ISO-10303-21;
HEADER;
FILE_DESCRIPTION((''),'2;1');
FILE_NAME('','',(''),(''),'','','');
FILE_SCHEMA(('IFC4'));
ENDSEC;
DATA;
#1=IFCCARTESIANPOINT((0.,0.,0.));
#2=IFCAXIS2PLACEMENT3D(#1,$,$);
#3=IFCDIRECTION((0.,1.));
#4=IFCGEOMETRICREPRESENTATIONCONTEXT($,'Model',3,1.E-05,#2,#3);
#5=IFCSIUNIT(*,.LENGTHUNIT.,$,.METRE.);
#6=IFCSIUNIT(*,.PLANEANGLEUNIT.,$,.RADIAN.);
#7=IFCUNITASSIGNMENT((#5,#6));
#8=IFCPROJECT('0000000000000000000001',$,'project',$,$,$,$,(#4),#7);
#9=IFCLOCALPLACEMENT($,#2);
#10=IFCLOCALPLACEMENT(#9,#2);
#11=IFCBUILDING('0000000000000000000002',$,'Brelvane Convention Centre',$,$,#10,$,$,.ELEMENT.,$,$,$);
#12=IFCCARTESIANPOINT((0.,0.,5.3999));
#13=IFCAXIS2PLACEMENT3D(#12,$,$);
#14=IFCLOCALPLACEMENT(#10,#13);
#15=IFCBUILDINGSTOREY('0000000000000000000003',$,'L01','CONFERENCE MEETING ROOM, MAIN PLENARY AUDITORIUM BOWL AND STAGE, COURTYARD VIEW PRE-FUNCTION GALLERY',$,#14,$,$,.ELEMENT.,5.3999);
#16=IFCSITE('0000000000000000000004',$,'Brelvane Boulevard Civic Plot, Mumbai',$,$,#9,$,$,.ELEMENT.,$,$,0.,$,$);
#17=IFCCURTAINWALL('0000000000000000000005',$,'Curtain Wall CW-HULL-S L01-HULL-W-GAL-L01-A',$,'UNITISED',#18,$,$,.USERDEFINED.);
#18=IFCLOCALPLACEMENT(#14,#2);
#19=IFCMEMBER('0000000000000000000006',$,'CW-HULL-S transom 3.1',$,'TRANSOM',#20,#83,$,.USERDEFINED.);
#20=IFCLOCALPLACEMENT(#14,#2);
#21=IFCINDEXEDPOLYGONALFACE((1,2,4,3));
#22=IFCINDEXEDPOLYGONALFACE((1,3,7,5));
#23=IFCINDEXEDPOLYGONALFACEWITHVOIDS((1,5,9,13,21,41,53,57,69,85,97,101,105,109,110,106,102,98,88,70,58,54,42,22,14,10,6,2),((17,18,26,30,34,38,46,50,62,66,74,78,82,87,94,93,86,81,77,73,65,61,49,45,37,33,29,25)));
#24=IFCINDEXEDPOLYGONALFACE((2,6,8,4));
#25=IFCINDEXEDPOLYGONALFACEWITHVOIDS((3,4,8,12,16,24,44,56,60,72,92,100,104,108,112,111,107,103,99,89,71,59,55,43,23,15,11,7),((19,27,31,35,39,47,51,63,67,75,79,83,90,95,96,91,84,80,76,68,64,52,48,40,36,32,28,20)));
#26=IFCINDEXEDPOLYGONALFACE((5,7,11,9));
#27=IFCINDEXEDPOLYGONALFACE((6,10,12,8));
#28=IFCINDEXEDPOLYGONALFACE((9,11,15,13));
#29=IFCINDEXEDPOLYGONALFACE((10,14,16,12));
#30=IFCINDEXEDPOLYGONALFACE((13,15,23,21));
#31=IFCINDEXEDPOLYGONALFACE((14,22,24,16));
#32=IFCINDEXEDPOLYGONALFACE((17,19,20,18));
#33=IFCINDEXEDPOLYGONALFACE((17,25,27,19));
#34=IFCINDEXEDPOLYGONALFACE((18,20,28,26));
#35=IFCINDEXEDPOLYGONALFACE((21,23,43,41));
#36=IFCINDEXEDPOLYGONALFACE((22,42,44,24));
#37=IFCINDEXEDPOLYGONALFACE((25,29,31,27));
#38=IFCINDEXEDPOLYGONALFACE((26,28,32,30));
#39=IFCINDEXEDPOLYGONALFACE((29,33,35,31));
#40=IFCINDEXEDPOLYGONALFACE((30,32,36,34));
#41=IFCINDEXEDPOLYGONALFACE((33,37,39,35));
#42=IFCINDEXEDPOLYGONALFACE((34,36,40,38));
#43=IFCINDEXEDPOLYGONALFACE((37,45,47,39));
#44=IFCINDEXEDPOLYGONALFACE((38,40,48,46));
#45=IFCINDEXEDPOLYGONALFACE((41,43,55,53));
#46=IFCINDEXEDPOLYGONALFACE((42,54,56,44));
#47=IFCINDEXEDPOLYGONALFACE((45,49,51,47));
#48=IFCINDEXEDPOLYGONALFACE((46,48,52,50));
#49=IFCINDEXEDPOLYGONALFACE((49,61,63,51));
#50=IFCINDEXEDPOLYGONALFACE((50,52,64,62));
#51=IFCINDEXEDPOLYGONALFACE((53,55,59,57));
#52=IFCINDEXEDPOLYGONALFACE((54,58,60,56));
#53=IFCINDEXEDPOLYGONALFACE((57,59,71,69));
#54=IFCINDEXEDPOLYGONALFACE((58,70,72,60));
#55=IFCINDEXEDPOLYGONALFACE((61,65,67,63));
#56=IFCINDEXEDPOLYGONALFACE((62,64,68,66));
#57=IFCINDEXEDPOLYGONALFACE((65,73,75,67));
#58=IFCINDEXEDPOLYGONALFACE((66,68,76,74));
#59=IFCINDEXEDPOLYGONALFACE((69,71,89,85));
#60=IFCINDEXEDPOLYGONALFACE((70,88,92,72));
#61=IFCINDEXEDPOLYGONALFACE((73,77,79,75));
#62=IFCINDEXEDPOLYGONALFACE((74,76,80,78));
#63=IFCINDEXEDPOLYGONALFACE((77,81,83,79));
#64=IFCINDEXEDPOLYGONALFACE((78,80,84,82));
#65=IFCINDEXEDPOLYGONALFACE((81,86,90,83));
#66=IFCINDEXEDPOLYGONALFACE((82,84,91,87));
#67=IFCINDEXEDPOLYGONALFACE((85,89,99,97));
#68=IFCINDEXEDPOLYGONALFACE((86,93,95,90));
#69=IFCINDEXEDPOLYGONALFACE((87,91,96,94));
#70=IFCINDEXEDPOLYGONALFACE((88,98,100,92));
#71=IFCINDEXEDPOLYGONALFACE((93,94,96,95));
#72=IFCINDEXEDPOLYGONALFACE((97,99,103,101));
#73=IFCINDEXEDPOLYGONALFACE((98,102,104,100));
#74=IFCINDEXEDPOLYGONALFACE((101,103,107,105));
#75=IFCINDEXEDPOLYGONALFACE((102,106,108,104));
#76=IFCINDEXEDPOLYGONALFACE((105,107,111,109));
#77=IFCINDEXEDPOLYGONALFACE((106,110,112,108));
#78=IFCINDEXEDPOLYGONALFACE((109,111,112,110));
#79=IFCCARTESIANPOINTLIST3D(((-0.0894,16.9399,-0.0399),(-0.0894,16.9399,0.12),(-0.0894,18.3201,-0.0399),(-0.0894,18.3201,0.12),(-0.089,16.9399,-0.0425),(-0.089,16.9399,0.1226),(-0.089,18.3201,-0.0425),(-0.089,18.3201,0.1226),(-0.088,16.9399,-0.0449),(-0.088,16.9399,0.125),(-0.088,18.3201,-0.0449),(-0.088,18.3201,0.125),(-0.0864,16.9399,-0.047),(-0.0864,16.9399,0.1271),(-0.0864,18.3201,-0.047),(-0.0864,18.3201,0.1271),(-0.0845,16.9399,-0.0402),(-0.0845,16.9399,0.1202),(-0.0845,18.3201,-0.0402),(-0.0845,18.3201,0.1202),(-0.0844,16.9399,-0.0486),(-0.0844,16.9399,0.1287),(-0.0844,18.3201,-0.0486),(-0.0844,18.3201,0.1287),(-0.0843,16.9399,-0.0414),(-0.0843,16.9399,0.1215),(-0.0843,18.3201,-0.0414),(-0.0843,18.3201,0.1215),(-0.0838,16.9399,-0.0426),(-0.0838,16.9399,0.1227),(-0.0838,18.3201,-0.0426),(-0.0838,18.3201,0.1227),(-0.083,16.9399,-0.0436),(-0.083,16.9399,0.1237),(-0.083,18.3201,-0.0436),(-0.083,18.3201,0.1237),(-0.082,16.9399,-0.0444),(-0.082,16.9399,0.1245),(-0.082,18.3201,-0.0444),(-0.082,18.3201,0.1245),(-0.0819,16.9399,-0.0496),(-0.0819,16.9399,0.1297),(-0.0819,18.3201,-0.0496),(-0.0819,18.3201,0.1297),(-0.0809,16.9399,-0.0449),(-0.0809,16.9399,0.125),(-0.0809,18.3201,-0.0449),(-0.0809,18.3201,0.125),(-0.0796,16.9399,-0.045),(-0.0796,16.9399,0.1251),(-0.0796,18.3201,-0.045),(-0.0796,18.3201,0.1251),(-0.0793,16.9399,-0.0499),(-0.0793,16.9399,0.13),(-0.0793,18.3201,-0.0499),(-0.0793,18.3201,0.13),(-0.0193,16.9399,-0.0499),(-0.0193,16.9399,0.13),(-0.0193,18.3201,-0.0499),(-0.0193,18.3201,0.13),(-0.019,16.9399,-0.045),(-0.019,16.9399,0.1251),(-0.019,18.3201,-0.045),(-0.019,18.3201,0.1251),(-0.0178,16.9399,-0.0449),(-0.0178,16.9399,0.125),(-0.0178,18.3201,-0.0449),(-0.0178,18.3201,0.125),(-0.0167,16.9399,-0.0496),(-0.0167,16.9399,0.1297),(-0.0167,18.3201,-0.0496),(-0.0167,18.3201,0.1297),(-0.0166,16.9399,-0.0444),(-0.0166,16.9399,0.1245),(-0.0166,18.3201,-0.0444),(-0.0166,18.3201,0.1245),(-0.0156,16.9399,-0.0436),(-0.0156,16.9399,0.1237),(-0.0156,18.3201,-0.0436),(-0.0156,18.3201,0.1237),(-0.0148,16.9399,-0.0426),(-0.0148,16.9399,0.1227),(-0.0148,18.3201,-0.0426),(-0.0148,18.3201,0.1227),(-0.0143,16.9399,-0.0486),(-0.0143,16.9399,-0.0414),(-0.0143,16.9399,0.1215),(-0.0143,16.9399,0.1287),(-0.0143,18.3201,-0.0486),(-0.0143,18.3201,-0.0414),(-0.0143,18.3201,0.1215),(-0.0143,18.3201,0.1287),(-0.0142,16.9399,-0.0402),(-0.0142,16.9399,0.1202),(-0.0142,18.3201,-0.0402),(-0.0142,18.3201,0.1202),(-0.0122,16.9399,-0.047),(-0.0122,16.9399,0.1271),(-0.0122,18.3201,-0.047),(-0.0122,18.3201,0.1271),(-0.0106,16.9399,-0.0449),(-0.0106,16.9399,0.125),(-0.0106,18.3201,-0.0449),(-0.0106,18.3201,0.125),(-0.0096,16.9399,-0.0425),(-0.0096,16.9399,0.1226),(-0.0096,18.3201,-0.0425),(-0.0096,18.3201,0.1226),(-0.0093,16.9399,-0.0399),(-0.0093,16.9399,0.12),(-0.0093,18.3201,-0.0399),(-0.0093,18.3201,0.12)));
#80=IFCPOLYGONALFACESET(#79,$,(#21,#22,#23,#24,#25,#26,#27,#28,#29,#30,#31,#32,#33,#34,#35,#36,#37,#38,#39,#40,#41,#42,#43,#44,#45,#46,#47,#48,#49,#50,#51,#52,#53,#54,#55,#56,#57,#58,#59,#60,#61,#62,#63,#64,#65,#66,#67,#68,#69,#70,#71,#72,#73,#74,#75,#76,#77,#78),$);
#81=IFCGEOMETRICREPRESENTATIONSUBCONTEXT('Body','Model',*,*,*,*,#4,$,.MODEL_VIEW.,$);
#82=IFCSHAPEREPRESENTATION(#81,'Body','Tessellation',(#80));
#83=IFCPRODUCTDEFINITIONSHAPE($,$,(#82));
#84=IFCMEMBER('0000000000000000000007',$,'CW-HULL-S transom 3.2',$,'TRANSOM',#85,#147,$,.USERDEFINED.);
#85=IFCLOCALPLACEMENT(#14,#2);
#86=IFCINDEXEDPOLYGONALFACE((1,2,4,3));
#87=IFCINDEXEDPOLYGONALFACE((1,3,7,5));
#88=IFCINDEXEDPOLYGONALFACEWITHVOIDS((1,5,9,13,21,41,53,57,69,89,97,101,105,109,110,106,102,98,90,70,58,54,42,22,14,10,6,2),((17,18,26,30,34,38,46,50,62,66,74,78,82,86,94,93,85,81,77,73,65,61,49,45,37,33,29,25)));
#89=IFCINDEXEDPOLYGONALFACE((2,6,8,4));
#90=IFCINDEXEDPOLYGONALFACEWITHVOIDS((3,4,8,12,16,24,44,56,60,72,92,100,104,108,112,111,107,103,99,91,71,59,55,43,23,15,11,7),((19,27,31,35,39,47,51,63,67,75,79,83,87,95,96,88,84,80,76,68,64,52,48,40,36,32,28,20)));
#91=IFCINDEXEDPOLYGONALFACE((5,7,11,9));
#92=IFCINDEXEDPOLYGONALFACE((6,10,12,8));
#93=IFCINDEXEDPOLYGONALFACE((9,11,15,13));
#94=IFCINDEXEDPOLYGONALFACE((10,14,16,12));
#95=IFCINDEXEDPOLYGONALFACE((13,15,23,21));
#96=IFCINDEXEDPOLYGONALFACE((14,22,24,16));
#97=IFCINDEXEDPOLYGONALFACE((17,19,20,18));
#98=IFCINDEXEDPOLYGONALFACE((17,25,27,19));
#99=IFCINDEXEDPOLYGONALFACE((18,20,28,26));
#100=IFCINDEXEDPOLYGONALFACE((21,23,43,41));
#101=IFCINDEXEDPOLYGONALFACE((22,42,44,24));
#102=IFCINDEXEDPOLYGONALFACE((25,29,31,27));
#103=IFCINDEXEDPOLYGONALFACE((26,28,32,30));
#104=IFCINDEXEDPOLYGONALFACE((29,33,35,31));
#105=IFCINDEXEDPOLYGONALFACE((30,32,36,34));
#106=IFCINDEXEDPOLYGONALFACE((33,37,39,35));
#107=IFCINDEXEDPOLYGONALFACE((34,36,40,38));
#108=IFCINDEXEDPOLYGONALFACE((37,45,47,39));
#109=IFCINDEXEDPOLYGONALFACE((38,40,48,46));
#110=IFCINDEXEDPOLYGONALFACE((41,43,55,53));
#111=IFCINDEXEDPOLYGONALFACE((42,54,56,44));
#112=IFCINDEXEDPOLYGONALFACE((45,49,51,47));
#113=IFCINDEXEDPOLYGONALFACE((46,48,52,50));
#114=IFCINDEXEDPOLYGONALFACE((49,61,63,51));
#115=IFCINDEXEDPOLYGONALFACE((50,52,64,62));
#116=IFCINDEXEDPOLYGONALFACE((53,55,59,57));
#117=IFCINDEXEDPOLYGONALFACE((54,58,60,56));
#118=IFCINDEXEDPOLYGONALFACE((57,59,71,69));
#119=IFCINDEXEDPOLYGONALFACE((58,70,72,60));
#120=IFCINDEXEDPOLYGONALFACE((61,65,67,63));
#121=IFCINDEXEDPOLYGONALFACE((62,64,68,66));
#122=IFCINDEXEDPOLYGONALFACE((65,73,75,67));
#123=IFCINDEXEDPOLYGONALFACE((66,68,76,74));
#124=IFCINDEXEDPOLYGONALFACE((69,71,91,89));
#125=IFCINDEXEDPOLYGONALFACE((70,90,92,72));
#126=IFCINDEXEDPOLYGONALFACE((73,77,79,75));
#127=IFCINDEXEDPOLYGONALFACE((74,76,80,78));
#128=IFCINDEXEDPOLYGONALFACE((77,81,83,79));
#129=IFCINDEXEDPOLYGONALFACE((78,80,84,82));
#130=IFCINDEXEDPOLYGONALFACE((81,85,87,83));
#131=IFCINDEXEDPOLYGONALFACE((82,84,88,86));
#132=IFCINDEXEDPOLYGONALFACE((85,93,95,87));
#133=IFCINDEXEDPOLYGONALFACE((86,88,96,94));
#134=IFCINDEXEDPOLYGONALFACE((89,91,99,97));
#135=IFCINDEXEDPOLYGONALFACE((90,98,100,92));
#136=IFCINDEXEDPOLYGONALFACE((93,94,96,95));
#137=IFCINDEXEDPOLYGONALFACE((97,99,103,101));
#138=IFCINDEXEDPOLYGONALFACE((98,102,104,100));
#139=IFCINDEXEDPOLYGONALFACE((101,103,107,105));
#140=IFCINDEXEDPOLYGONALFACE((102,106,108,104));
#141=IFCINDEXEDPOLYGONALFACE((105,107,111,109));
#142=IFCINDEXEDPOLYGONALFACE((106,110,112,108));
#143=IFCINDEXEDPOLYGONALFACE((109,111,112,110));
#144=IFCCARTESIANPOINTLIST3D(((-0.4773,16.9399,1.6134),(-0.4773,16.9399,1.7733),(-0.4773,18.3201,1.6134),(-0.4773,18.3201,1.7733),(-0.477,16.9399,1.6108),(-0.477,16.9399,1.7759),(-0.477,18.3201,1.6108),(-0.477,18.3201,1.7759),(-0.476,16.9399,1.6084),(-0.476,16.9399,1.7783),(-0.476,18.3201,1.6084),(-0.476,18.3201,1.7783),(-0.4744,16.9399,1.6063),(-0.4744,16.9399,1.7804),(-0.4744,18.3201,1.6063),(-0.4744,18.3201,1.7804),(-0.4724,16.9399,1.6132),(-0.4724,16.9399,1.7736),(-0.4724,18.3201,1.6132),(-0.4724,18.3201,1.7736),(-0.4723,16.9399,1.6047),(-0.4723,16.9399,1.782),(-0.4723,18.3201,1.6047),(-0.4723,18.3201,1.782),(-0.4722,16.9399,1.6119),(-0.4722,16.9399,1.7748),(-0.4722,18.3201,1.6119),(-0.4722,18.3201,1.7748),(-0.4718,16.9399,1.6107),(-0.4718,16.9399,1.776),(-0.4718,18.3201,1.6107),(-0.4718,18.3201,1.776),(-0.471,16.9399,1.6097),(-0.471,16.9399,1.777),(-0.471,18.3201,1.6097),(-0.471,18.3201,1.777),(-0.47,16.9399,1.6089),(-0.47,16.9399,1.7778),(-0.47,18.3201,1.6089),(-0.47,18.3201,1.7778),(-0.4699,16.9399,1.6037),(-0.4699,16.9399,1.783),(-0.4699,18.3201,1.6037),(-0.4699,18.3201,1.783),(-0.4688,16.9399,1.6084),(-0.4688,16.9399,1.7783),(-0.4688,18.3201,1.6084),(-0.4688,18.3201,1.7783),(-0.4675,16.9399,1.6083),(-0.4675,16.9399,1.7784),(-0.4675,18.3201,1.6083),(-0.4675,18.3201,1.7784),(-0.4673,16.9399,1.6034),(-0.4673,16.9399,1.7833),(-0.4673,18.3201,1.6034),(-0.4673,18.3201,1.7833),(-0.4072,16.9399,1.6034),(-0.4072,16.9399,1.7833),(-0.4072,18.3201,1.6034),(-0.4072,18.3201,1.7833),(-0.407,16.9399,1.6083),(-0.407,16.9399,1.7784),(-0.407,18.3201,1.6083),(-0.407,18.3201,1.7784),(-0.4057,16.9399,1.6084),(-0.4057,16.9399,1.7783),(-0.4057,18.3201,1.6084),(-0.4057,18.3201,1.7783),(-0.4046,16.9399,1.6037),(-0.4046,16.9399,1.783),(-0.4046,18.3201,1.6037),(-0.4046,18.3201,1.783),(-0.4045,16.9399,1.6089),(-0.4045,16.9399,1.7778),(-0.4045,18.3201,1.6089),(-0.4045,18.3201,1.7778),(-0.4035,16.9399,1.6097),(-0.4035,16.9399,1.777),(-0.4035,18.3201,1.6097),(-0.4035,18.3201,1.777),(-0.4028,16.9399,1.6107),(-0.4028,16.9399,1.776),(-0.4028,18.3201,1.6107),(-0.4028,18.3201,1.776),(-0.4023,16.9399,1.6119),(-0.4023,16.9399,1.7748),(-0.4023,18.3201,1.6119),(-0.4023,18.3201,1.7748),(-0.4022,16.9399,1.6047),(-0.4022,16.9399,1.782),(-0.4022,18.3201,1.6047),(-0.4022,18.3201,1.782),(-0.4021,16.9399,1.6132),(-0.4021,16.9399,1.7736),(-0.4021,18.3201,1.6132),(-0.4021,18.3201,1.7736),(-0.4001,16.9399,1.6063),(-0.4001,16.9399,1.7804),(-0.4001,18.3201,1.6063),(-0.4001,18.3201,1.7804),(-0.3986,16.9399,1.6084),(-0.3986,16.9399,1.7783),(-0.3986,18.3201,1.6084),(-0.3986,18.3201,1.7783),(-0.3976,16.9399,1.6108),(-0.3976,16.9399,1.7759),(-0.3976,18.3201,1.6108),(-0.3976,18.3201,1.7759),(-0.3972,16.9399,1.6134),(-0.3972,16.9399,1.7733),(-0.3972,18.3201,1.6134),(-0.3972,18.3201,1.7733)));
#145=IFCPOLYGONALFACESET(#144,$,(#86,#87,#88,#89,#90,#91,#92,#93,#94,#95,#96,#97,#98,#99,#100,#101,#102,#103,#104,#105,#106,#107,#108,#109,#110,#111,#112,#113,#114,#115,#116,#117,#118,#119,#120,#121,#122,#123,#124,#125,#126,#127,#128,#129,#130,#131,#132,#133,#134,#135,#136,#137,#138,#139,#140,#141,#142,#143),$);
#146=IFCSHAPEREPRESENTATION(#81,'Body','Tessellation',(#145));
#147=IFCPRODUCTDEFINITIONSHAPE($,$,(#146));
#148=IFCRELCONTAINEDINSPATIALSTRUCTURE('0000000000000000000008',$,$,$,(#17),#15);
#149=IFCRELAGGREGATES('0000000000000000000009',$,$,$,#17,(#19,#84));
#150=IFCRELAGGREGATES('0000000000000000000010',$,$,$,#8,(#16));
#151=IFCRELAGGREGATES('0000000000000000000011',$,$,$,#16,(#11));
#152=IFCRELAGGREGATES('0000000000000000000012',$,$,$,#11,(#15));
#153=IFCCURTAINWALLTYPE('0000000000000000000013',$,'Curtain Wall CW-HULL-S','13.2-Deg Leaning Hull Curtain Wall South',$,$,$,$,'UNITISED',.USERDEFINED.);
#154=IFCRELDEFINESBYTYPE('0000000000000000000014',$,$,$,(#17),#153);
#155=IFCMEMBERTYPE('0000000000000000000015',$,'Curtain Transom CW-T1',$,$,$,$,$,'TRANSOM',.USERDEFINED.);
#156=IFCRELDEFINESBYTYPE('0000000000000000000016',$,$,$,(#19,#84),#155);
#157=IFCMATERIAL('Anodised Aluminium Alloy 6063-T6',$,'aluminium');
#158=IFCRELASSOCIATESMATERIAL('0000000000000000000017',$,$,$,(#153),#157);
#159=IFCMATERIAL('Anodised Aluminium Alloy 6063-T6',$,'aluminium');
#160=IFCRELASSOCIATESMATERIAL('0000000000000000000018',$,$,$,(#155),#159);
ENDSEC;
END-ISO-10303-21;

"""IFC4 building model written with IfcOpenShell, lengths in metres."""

from ifc_helpers import new_model, si_unit, direction, frame, origin, origin_2d, place, context, subcontext, project, spatial, hollow_rectangle, extrude, material, material_profile, profile_set, type_object, element, aggregate, save


model = new_model("IFC4")

# Units and contexts
model_context = context("Model", 3, precision=1e-05, world=origin(), true_north=direction((0.0, 1.0)))
body_context = subcontext(model_context, "Body", "Model", "MODEL_VIEW")
ifc_project = project(units=[si_unit("LENGTHUNIT", "METRE"), si_unit("PLANEANGLEUNIT", "RADIAN")], contexts=[model_context])

# Site, building, storey
site_placement = place(None, origin())
site = spatial("IfcSite", under=ifc_project, at=site_placement, Name="Brelvane Boulevard Civic Plot, Mumbai", CompositionType="ELEMENT", RefElevation=0.0)
building_placement = place(site_placement, origin())
building = spatial("IfcBuilding", under=site, at=building_placement, Name="Brelvane Convention Centre", CompositionType="ELEMENT")
storey_placement = place(building_placement, frame((0.0, 0.0, 5.3999)))
storey = spatial("IfcBuildingStorey", under=building, at=storey_placement, Name="L01", Description="CONFERENCE MEETING ROOM, MAIN PLENARY AUDITORIUM BOWL AND STAGE, COURTYARD VIEW PRE-FUNCTION GALLERY", CompositionType="ELEMENT", Elevation=5.3999)

# Curtain wall
ifc_material_1 = material(Name="Anodised Aluminium Alloy 6063-T6", Category="aluminium")
curtain_wall_type = type_object("IfcCurtainWallType", Name="Curtain Wall CW-HULL-S", Description="13.2-Deg Leaning Hull Curtain Wall South", ElementType="UNITISED", PredefinedType="USERDEFINED", material=ifc_material_1)
curtain_wall_1_placement = place(storey_placement, origin())
curtain_wall_1 = element("IfcCurtainWall", 1, at=curtain_wall_1_placement, inside=storey, type_object=curtain_wall_type, Name="Curtain Wall CW-HULL-S L01-HULL-W-GAL-L01-A", ObjectType="UNITISED", PredefinedType="USERDEFINED")

# Members
ifc_material_2 = material(Name="Anodised Aluminium Alloy 6063-T6", Category="aluminium")
ifc_material_profile_1 = material_profile(ifc_material_2, hollow_rectangle(XDim=0.0801, YDim=0.1799, WallThickness=0.0049, InnerFilletRadius=0.0049, OuterFilletRadius=0.01, at=origin_2d()), Name="ALU-T 180x80x5.0")
ifc_profile_set_1 = profile_set([ifc_material_profile_1], Name="Anodised Aluminium Alloy 6063-T6")
member_type_1 = type_object("IfcMemberType", Name="Curtain Transom CW-T1", ElementType="TRANSOM", PredefinedType="USERDEFINED", material=ifc_profile_set_1)
member_1_placement = place(storey_placement, frame((-0.0493, 16.9399, 0.04), z_axis=(0.0, 1.0, 0.0), x_axis=(-1.0, 0.0, 0.0)))
member_1 = element("IfcMember", 2, at=member_1_placement, type_object=member_type_1, Name="CW-HULL-S transom 3.1", ObjectType="TRANSOM", PredefinedType="USERDEFINED", context=body_context, shape_type="SweptSolid", body=[
    extrude(hollow_rectangle(XDim=0.0801, YDim=0.1799, WallThickness=0.0049, InnerFilletRadius=0.0049, OuterFilletRadius=0.01, at=origin_2d()), origin(), (0.0, 0.0, 1.0), 1.3801),
])
member_2_placement = place(storey_placement, frame((-0.4373, 16.9399, 1.6934), z_axis=(0.0, 1.0, 0.0), x_axis=(-1.0, 0.0, 0.0)))
member_2 = element("IfcMember", 3, at=member_2_placement, type_object=member_type_1, Name="CW-HULL-S transom 3.2", ObjectType="TRANSOM", PredefinedType="USERDEFINED", context=body_context, shape_type="SweptSolid", body=[
    extrude(hollow_rectangle(XDim=0.0801, YDim=0.1799, WallThickness=0.0049, InnerFilletRadius=0.0049, OuterFilletRadius=0.01, at=origin_2d()), origin(), (0.0, 0.0, 1.0), 1.3801),
])

aggregate(curtain_wall_1, [member_1, member_2])

save(model, "model.ifc")
